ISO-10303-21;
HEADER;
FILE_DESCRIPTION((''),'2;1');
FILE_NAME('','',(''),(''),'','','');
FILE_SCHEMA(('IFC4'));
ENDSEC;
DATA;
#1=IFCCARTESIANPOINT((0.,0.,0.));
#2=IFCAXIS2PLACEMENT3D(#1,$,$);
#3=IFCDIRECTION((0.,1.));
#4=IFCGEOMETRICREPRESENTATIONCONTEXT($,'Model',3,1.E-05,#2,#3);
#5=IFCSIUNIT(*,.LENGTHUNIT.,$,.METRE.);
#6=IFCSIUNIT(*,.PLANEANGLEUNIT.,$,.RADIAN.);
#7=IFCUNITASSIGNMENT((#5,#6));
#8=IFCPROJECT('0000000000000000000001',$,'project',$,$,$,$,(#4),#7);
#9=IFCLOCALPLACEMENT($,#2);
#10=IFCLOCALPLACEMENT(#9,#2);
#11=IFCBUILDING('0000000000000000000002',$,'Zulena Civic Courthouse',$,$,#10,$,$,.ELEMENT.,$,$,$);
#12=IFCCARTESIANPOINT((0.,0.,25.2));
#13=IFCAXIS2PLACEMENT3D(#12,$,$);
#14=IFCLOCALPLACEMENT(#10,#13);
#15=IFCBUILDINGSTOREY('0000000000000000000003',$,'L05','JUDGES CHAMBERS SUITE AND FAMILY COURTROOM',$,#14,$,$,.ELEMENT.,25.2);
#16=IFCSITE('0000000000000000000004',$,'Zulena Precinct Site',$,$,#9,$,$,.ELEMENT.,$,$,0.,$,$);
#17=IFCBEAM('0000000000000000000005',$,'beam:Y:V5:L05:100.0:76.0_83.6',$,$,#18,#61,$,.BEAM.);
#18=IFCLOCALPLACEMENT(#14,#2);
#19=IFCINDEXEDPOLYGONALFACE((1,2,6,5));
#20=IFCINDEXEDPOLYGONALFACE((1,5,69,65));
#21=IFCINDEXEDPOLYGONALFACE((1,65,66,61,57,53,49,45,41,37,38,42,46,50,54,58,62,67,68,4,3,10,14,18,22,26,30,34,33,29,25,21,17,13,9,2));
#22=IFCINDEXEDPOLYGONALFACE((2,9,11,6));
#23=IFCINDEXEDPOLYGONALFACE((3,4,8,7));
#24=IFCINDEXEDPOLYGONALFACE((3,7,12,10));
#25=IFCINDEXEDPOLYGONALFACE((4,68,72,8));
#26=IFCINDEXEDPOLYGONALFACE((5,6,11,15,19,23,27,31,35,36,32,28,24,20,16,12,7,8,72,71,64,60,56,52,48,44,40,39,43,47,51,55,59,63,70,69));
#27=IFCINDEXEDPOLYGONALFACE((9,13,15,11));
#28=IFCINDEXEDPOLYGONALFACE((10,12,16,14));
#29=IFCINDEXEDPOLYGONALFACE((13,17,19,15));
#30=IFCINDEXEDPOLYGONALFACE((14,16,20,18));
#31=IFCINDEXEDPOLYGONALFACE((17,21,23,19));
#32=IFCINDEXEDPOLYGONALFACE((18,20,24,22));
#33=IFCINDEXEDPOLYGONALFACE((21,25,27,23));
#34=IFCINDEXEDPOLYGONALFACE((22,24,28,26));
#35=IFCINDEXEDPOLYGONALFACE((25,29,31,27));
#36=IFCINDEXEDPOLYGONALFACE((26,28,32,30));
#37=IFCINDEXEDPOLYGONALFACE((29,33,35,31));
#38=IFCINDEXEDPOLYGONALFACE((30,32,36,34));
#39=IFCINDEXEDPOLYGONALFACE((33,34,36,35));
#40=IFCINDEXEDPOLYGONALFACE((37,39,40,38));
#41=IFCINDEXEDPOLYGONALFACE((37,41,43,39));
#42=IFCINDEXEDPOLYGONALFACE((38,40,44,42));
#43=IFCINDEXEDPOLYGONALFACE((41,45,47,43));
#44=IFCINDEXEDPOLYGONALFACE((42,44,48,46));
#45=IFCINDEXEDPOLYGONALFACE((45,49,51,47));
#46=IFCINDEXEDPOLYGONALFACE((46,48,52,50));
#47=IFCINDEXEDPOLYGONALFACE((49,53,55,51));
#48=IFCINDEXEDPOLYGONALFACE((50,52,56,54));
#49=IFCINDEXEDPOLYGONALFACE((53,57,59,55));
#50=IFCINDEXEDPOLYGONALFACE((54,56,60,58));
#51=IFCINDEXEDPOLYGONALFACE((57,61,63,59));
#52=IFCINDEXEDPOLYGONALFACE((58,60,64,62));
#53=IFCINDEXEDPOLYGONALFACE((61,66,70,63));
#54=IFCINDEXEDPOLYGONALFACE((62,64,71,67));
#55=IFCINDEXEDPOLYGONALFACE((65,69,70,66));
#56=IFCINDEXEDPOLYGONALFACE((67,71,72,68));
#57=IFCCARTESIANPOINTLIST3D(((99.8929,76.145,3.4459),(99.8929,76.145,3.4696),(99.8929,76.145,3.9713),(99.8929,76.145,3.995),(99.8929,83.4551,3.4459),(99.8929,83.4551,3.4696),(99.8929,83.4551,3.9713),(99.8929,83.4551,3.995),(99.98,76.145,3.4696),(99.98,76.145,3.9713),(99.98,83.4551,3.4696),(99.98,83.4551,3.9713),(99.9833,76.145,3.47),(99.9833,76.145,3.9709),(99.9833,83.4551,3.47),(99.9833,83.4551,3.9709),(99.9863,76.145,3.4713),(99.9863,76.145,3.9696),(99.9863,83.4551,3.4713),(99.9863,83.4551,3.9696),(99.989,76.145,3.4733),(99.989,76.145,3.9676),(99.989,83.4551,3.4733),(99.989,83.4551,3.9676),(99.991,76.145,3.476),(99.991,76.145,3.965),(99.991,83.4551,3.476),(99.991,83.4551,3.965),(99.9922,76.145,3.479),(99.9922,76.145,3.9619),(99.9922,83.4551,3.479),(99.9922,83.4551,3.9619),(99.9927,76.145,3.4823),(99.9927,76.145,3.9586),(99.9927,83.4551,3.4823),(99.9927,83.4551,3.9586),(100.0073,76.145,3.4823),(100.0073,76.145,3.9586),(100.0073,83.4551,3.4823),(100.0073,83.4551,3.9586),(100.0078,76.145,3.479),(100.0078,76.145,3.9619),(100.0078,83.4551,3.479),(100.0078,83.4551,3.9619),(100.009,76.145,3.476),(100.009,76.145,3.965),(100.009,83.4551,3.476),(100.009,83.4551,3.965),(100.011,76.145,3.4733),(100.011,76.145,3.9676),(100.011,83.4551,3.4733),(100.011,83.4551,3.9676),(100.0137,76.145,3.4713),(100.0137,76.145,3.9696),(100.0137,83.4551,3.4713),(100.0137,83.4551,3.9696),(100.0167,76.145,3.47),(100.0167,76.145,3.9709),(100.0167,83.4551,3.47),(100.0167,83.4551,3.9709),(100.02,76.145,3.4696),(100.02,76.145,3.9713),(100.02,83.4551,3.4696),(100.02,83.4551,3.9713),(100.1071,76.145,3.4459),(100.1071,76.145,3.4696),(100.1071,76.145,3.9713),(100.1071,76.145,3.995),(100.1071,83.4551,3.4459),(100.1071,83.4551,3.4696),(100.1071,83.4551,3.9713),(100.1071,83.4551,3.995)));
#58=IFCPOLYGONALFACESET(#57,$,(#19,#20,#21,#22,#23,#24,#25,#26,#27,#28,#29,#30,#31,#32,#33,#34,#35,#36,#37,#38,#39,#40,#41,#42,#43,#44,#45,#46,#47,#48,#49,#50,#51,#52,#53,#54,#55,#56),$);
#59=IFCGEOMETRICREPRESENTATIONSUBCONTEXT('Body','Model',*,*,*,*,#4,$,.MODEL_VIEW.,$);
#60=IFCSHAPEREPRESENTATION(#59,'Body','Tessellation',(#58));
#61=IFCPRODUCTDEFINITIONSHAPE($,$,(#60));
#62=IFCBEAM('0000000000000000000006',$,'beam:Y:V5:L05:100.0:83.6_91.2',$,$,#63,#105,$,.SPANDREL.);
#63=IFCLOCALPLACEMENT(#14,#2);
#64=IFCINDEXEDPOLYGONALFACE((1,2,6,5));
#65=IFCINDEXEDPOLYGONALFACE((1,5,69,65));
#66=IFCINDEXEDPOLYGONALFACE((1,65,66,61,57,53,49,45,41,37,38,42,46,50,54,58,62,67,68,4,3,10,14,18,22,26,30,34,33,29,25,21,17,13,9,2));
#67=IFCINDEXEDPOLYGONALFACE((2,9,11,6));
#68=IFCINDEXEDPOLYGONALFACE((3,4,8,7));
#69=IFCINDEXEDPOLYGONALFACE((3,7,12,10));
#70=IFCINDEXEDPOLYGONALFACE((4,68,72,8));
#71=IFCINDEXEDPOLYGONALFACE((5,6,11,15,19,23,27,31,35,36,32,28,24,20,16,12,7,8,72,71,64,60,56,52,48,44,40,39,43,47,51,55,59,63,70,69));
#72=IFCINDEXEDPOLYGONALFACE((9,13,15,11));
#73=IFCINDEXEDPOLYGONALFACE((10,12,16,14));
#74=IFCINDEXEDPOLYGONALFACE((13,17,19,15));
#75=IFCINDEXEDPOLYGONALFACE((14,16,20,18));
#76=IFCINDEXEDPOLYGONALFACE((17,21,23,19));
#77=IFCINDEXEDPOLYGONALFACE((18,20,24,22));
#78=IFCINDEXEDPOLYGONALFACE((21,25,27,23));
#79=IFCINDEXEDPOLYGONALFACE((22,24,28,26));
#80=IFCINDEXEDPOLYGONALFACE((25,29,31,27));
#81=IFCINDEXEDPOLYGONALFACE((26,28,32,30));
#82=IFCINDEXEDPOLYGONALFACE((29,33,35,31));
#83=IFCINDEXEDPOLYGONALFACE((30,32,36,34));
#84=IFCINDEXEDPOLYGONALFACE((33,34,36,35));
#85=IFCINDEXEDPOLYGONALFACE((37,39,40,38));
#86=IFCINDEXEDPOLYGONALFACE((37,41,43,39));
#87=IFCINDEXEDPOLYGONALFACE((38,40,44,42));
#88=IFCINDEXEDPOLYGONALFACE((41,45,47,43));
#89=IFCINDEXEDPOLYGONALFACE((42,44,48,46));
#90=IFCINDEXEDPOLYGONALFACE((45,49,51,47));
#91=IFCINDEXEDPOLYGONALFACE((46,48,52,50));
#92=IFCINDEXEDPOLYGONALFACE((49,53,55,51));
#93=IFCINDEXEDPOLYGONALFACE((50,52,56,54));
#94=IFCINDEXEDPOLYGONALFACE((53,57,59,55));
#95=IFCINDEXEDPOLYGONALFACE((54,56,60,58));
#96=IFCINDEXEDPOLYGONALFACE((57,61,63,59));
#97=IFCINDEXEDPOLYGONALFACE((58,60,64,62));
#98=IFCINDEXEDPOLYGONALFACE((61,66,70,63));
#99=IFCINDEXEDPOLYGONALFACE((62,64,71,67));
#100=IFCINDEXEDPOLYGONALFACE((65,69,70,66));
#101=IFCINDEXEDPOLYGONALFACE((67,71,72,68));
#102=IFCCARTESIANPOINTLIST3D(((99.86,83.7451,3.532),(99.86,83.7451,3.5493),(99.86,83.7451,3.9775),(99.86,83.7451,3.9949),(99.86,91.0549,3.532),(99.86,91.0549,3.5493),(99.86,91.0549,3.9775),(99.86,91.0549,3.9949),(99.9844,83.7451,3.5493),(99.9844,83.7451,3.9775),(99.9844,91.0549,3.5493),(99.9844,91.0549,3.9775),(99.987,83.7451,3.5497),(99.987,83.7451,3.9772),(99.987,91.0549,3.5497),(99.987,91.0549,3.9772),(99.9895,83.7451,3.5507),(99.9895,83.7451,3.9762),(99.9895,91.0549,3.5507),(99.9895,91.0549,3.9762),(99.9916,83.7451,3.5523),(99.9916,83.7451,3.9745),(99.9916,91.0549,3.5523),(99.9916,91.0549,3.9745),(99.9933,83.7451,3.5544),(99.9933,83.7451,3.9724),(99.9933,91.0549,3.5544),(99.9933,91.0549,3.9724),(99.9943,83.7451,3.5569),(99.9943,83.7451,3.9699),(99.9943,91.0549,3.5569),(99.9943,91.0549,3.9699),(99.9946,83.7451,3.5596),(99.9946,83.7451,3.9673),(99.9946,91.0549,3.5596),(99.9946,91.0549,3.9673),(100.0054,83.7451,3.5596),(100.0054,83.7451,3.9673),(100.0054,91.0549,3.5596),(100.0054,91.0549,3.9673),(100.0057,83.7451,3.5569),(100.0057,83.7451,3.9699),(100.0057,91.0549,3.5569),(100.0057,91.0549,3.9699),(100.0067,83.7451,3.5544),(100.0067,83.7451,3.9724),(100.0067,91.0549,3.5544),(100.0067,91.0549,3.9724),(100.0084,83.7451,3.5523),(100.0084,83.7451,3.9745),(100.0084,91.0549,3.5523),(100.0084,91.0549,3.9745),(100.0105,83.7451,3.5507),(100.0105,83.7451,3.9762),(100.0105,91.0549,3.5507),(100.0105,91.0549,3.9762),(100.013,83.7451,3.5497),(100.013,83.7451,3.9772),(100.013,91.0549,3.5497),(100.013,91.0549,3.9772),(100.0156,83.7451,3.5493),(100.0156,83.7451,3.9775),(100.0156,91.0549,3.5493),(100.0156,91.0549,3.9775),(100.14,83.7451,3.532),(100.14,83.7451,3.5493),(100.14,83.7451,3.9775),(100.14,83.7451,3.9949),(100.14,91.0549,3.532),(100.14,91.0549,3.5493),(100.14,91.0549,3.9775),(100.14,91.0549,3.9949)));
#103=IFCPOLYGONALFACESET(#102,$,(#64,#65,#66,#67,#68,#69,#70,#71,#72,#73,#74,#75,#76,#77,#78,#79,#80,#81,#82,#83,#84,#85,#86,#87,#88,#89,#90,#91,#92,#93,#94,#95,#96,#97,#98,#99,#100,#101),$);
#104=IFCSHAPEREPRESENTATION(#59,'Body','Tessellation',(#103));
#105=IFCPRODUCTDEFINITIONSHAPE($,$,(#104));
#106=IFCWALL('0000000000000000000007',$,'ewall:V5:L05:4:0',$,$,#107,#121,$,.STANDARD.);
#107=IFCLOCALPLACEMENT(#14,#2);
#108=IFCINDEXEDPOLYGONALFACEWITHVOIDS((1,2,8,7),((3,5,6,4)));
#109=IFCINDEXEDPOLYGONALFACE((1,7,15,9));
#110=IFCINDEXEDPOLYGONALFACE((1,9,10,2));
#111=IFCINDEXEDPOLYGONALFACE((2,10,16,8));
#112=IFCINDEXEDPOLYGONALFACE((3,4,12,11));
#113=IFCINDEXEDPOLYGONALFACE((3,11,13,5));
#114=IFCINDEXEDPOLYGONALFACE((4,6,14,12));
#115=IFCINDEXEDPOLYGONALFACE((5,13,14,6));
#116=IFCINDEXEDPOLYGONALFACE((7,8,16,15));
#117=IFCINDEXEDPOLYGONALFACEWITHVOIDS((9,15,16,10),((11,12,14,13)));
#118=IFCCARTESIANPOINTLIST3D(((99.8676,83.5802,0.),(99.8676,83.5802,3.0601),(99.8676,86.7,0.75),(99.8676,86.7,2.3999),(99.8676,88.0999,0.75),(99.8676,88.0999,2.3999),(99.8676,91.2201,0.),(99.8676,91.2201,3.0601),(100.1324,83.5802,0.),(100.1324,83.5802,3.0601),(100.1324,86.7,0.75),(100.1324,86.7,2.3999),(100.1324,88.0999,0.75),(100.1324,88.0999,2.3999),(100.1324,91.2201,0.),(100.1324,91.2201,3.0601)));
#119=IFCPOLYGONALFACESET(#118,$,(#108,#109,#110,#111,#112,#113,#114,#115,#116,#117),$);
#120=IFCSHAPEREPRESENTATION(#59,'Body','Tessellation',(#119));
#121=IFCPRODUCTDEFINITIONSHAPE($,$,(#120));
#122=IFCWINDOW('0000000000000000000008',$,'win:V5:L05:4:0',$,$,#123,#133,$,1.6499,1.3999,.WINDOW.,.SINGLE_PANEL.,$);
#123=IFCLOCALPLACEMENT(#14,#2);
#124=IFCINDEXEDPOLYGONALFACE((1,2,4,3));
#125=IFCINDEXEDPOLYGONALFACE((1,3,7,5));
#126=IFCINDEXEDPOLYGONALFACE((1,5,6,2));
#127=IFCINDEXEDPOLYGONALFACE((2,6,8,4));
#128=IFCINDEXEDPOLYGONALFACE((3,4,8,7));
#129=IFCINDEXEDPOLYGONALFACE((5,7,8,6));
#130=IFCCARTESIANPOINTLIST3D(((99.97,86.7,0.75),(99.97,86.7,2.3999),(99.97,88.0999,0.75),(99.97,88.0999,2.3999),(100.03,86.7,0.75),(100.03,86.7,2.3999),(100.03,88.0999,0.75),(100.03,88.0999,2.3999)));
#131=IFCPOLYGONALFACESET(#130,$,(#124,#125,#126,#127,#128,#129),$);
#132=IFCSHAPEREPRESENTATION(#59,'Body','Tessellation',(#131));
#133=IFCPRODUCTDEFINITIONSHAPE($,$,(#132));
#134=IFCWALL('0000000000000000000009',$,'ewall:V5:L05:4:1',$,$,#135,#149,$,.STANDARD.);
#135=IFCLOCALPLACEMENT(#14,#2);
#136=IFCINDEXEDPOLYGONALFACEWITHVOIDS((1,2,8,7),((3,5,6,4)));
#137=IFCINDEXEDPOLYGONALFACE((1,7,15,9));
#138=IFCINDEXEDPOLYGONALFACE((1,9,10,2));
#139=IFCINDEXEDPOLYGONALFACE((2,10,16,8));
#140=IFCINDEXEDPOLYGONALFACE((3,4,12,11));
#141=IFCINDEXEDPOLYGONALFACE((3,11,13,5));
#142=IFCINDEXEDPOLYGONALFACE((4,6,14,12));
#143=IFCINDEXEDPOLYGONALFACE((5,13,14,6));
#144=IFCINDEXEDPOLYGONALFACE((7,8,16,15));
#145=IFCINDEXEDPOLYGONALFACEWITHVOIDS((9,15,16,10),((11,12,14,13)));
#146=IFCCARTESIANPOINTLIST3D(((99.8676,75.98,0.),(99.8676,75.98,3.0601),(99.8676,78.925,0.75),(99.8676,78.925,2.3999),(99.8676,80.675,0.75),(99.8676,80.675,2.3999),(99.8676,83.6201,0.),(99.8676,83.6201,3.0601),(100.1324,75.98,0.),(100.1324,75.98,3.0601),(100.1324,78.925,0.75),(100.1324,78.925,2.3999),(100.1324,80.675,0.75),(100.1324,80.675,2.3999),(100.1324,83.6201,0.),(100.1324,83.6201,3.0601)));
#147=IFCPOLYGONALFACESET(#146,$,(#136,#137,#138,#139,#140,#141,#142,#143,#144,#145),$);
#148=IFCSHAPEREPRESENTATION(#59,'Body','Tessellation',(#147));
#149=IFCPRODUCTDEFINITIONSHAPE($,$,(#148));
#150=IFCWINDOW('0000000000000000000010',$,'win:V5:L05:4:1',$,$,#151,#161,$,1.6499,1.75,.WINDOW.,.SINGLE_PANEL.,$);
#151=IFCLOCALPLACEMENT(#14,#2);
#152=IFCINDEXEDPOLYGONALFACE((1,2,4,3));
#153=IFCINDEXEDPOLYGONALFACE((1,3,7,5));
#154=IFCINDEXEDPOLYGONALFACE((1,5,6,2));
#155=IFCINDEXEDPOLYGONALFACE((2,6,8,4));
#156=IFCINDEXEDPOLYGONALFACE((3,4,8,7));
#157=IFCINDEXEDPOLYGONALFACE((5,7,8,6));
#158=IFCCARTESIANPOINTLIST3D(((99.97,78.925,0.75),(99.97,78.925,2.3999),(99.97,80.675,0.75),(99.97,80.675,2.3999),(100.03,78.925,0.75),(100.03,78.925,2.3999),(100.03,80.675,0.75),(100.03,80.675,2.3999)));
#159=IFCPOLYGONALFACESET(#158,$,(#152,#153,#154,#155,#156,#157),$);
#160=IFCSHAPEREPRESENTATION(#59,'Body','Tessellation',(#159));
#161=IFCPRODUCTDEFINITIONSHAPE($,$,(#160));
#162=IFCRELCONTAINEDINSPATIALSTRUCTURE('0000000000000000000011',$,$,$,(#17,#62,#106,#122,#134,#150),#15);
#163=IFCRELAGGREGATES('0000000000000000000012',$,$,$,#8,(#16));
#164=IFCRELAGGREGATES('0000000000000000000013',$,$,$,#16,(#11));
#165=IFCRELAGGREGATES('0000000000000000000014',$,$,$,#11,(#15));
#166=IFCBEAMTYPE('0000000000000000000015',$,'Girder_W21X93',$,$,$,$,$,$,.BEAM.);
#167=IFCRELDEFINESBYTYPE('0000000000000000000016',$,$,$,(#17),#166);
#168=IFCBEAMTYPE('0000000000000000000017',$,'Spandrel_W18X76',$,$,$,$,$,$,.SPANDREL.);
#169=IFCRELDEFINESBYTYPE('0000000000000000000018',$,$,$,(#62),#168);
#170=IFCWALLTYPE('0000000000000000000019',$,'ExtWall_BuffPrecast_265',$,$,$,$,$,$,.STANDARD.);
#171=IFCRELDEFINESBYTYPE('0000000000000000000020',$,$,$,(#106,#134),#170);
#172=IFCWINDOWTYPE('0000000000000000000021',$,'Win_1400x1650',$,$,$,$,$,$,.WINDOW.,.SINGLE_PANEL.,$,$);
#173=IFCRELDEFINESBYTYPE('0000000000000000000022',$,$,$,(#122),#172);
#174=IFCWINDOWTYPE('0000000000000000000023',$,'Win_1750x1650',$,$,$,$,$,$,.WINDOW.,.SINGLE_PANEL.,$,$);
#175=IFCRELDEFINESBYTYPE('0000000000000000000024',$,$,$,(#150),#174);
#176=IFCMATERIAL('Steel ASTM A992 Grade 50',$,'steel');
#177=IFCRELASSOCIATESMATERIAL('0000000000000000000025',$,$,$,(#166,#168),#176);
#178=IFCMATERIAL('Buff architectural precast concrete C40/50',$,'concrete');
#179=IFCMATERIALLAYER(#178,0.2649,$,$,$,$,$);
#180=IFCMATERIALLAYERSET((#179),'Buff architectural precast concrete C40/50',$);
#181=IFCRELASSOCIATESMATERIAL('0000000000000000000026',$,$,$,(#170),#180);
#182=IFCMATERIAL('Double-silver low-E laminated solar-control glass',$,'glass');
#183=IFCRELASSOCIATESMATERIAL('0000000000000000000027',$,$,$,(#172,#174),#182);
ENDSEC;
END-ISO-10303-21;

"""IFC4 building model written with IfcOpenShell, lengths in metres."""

from ifc_helpers import new_model, si_unit, direction, frame, frame_2d, origin, origin_2d, place, context, subcontext, project, spatial, rectangle, i_section, extrude, material, layer, layer_set, material_profile, profile_set, type_object, element, fill, save


model = new_model("IFC4")

# Units and contexts
model_context = context("Model", 3, precision=1e-05, world=origin(), true_north=direction((0.0, 1.0)))
body_context = subcontext(model_context, "Body", "Model", "MODEL_VIEW")
ifc_project = project(units=[si_unit("LENGTHUNIT", "METRE"), si_unit("PLANEANGLEUNIT", "RADIAN")], contexts=[model_context])

# Site, building, storey
site_placement = place(None, origin())
site = spatial("IfcSite", under=ifc_project, at=site_placement, Name="Zulena Precinct Site", CompositionType="ELEMENT", RefElevation=0.0)
building_placement = place(site_placement, origin())
building = spatial("IfcBuilding", under=site, at=building_placement, Name="Zulena Civic Courthouse", CompositionType="ELEMENT")
storey_placement = place(building_placement, frame((0.0, 0.0, 25.2)))
storey = spatial("IfcBuildingStorey", under=building, at=storey_placement, Name="L05", Description="JUDGES CHAMBERS SUITE AND FAMILY COURTROOM", CompositionType="ELEMENT", Elevation=25.2)

# Shared definitions
ifc_material_1 = material(Name="Steel ASTM A992 Grade 50", Category="steel")

# Beams
ifc_material_profile_1 = material_profile(ifc_material_1, i_section(OverallWidth=0.2141, OverallDepth=0.5491, WebThickness=0.0146, FlangeThickness=0.0237, FilletRadius=0.0127, at=origin_2d()), Name="W21X93")
ifc_profile_set_1 = profile_set([ifc_material_profile_1], Name="Steel ASTM A992 Grade 50")
beam_type_1 = type_object("IfcBeamType", Name="Girder_W21X93", PredefinedType="BEAM", material=ifc_profile_set_1)
for number, where, z_axis, x_axis, name in (
    (1, (100.0, 76.145, 3.7205), (0.0, 1.0, 0.0), (-1.0, 0.0, 0.0), "beam:Y:V5:L05:100.0:76.0_83.6"),
):
    element("IfcBeam", number, at=place(storey_placement, frame(where, z_axis=z_axis, x_axis=x_axis)), inside=storey, type_object=beam_type_1, Name=name, PredefinedType="BEAM", context=body_context, shape_type="SweptSolid", body=[
        extrude(i_section(OverallWidth=0.2141, OverallDepth=0.5491, WebThickness=0.0146, FlangeThickness=0.0237, FilletRadius=0.0127, at=origin_2d()), origin(), (0.0, 0.0, 1.0), 7.3101),
    ])
ifc_material_profile_2 = material_profile(ifc_material_1, i_section(OverallWidth=0.28, OverallDepth=0.4629, WebThickness=0.0107, FlangeThickness=0.0173, FilletRadius=0.0103, at=origin_2d()), Name="W18X76")
ifc_profile_set_2 = profile_set([ifc_material_profile_2], Name="Steel ASTM A992 Grade 50")
beam_type_2 = type_object("IfcBeamType", Name="Spandrel_W18X76", PredefinedType="SPANDREL", material=ifc_profile_set_2)
beam_1_placement = place(storey_placement, frame((100.0, 83.7451, 3.7634), z_axis=(0.0, 1.0, 0.0), x_axis=(-1.0, 0.0, 0.0)))
element("IfcBeam", 2, at=beam_1_placement, inside=storey, type_object=beam_type_2, Name="beam:Y:V5:L05:100.0:83.6_91.2", PredefinedType="SPANDREL", context=body_context, shape_type="SweptSolid", body=[
    extrude(i_section(OverallWidth=0.28, OverallDepth=0.4629, WebThickness=0.0107, FlangeThickness=0.0173, FilletRadius=0.0103, at=origin_2d()), origin(), (0.0, 0.0, 1.0), 7.3098),
])

# Walls, openings, windows
ifc_material_2 = material(Name="Buff architectural precast concrete C40/50", Category="concrete")
ifc_layer_1 = layer(ifc_material_2, 0.2649)
ifc_layer_set_1 = layer_set([ifc_layer_1], Name="Buff architectural precast concrete C40/50")
wall_type_1 = type_object("IfcWallType", Name="ExtWall_BuffPrecast_265", PredefinedType="STANDARD", material=ifc_layer_set_1)
wall_1_placement = place(storey_placement, frame((100.0, 91.22, 0.0), z_axis=(0.0, 0.0, 1.0), x_axis=(0.0, -1.0, 0.0)))
wall_1 = element("IfcWall", 3, at=wall_1_placement, inside=storey, type_object=wall_type_1, Name="ewall:V5:L05:4:0", PredefinedType="STANDARD", context=body_context, shape_type="SweptSolid", body=[
    extrude(rectangle(XDim=7.6399, YDim=0.2649, at=frame_2d((3.8198, 0.0))), origin(), (0.0, 0.0, 1.0), 3.0601),
])
opening_1_placement = place(wall_1_placement, frame((3.1201, 0.0, 0.75)))
opening_1 = element("IfcOpeningElement", 4, at=opening_1_placement, cuts=wall_1, PredefinedType="OPENING", context=body_context, shape_type="SweptSolid", body=[
    extrude(rectangle(XDim=1.3999, YDim=1.6499, at=frame_2d((0.7, 0.825))), frame((0.0, 0.1423, 0.0), z_axis=(0.0, -1.0, 0.0), x_axis=(1.0, 0.0, 0.0)), (0.0, 0.0, 1.0), 0.2849),
])
ifc_material_3 = material(Name="Double-silver low-E laminated solar-control glass", Category="glass")
window_type_1 = type_object("IfcWindowType", Name="Win_1400x1650", PartitioningType="SINGLE_PANEL", PredefinedType="WINDOW", material=ifc_material_3)
window_1_placement = place(opening_1_placement, origin())
window_1 = element("IfcWindow", 5, at=window_1_placement, inside=storey, type_object=window_type_1, Name="win:V5:L05:4:0", OverallHeight=1.6499, OverallWidth=1.3999, PartitioningType="SINGLE_PANEL", PredefinedType="WINDOW", context=body_context, shape_type="SweptSolid", body=[
    extrude(rectangle(XDim=1.3999, YDim=1.6499, at=frame_2d((0.7, 0.825))), frame((0.0, 0.03, 0.0), z_axis=(0.0, -1.0, 0.0), x_axis=(1.0, 0.0, 0.0)), (0.0, 0.0, 1.0), 0.0601),
])
fill(opening_1, window_1)
wall_2_placement = place(storey_placement, frame((100.0, 83.6201, 0.0), z_axis=(0.0, 0.0, 1.0), x_axis=(0.0, -1.0, 0.0)))
wall_2 = element("IfcWall", 6, at=wall_2_placement, inside=storey, type_object=wall_type_1, Name="ewall:V5:L05:4:1", PredefinedType="STANDARD", context=body_context, shape_type="SweptSolid", body=[
    extrude(rectangle(XDim=7.6401, YDim=0.2649, at=frame_2d((3.8201, 0.0))), origin(), (0.0, 0.0, 1.0), 3.0601),
])
opening_2_placement = place(wall_2_placement, frame((2.9451, 0.0, 0.75)))
opening_2 = element("IfcOpeningElement", 7, at=opening_2_placement, cuts=wall_2, PredefinedType="OPENING", context=body_context, shape_type="SweptSolid", body=[
    extrude(rectangle(XDim=1.75, YDim=1.6499, at=frame_2d((0.875, 0.825))), frame((0.0, 0.1423, 0.0), z_axis=(0.0, -1.0, 0.0), x_axis=(1.0, 0.0, 0.0)), (0.0, 0.0, 1.0), 0.2849),
])
window_type_2 = type_object("IfcWindowType", Name="Win_1750x1650", PartitioningType="SINGLE_PANEL", PredefinedType="WINDOW", material=ifc_material_3)
window_2_placement = place(opening_2_placement, origin())
window_2 = element("IfcWindow", 8, at=window_2_placement, inside=storey, type_object=window_type_2, Name="win:V5:L05:4:1", OverallHeight=1.6499, OverallWidth=1.75, PartitioningType="SINGLE_PANEL", PredefinedType="WINDOW", context=body_context, shape_type="SweptSolid", body=[
    extrude(rectangle(XDim=1.75, YDim=1.6499, at=frame_2d((0.875, 0.825))), frame((0.0, 0.03, 0.0), z_axis=(0.0, -1.0, 0.0), x_axis=(1.0, 0.0, 0.0)), (0.0, 0.0, 1.0), 0.0601),
])
fill(opening_2, window_2)

save(model, "model.ifc")
